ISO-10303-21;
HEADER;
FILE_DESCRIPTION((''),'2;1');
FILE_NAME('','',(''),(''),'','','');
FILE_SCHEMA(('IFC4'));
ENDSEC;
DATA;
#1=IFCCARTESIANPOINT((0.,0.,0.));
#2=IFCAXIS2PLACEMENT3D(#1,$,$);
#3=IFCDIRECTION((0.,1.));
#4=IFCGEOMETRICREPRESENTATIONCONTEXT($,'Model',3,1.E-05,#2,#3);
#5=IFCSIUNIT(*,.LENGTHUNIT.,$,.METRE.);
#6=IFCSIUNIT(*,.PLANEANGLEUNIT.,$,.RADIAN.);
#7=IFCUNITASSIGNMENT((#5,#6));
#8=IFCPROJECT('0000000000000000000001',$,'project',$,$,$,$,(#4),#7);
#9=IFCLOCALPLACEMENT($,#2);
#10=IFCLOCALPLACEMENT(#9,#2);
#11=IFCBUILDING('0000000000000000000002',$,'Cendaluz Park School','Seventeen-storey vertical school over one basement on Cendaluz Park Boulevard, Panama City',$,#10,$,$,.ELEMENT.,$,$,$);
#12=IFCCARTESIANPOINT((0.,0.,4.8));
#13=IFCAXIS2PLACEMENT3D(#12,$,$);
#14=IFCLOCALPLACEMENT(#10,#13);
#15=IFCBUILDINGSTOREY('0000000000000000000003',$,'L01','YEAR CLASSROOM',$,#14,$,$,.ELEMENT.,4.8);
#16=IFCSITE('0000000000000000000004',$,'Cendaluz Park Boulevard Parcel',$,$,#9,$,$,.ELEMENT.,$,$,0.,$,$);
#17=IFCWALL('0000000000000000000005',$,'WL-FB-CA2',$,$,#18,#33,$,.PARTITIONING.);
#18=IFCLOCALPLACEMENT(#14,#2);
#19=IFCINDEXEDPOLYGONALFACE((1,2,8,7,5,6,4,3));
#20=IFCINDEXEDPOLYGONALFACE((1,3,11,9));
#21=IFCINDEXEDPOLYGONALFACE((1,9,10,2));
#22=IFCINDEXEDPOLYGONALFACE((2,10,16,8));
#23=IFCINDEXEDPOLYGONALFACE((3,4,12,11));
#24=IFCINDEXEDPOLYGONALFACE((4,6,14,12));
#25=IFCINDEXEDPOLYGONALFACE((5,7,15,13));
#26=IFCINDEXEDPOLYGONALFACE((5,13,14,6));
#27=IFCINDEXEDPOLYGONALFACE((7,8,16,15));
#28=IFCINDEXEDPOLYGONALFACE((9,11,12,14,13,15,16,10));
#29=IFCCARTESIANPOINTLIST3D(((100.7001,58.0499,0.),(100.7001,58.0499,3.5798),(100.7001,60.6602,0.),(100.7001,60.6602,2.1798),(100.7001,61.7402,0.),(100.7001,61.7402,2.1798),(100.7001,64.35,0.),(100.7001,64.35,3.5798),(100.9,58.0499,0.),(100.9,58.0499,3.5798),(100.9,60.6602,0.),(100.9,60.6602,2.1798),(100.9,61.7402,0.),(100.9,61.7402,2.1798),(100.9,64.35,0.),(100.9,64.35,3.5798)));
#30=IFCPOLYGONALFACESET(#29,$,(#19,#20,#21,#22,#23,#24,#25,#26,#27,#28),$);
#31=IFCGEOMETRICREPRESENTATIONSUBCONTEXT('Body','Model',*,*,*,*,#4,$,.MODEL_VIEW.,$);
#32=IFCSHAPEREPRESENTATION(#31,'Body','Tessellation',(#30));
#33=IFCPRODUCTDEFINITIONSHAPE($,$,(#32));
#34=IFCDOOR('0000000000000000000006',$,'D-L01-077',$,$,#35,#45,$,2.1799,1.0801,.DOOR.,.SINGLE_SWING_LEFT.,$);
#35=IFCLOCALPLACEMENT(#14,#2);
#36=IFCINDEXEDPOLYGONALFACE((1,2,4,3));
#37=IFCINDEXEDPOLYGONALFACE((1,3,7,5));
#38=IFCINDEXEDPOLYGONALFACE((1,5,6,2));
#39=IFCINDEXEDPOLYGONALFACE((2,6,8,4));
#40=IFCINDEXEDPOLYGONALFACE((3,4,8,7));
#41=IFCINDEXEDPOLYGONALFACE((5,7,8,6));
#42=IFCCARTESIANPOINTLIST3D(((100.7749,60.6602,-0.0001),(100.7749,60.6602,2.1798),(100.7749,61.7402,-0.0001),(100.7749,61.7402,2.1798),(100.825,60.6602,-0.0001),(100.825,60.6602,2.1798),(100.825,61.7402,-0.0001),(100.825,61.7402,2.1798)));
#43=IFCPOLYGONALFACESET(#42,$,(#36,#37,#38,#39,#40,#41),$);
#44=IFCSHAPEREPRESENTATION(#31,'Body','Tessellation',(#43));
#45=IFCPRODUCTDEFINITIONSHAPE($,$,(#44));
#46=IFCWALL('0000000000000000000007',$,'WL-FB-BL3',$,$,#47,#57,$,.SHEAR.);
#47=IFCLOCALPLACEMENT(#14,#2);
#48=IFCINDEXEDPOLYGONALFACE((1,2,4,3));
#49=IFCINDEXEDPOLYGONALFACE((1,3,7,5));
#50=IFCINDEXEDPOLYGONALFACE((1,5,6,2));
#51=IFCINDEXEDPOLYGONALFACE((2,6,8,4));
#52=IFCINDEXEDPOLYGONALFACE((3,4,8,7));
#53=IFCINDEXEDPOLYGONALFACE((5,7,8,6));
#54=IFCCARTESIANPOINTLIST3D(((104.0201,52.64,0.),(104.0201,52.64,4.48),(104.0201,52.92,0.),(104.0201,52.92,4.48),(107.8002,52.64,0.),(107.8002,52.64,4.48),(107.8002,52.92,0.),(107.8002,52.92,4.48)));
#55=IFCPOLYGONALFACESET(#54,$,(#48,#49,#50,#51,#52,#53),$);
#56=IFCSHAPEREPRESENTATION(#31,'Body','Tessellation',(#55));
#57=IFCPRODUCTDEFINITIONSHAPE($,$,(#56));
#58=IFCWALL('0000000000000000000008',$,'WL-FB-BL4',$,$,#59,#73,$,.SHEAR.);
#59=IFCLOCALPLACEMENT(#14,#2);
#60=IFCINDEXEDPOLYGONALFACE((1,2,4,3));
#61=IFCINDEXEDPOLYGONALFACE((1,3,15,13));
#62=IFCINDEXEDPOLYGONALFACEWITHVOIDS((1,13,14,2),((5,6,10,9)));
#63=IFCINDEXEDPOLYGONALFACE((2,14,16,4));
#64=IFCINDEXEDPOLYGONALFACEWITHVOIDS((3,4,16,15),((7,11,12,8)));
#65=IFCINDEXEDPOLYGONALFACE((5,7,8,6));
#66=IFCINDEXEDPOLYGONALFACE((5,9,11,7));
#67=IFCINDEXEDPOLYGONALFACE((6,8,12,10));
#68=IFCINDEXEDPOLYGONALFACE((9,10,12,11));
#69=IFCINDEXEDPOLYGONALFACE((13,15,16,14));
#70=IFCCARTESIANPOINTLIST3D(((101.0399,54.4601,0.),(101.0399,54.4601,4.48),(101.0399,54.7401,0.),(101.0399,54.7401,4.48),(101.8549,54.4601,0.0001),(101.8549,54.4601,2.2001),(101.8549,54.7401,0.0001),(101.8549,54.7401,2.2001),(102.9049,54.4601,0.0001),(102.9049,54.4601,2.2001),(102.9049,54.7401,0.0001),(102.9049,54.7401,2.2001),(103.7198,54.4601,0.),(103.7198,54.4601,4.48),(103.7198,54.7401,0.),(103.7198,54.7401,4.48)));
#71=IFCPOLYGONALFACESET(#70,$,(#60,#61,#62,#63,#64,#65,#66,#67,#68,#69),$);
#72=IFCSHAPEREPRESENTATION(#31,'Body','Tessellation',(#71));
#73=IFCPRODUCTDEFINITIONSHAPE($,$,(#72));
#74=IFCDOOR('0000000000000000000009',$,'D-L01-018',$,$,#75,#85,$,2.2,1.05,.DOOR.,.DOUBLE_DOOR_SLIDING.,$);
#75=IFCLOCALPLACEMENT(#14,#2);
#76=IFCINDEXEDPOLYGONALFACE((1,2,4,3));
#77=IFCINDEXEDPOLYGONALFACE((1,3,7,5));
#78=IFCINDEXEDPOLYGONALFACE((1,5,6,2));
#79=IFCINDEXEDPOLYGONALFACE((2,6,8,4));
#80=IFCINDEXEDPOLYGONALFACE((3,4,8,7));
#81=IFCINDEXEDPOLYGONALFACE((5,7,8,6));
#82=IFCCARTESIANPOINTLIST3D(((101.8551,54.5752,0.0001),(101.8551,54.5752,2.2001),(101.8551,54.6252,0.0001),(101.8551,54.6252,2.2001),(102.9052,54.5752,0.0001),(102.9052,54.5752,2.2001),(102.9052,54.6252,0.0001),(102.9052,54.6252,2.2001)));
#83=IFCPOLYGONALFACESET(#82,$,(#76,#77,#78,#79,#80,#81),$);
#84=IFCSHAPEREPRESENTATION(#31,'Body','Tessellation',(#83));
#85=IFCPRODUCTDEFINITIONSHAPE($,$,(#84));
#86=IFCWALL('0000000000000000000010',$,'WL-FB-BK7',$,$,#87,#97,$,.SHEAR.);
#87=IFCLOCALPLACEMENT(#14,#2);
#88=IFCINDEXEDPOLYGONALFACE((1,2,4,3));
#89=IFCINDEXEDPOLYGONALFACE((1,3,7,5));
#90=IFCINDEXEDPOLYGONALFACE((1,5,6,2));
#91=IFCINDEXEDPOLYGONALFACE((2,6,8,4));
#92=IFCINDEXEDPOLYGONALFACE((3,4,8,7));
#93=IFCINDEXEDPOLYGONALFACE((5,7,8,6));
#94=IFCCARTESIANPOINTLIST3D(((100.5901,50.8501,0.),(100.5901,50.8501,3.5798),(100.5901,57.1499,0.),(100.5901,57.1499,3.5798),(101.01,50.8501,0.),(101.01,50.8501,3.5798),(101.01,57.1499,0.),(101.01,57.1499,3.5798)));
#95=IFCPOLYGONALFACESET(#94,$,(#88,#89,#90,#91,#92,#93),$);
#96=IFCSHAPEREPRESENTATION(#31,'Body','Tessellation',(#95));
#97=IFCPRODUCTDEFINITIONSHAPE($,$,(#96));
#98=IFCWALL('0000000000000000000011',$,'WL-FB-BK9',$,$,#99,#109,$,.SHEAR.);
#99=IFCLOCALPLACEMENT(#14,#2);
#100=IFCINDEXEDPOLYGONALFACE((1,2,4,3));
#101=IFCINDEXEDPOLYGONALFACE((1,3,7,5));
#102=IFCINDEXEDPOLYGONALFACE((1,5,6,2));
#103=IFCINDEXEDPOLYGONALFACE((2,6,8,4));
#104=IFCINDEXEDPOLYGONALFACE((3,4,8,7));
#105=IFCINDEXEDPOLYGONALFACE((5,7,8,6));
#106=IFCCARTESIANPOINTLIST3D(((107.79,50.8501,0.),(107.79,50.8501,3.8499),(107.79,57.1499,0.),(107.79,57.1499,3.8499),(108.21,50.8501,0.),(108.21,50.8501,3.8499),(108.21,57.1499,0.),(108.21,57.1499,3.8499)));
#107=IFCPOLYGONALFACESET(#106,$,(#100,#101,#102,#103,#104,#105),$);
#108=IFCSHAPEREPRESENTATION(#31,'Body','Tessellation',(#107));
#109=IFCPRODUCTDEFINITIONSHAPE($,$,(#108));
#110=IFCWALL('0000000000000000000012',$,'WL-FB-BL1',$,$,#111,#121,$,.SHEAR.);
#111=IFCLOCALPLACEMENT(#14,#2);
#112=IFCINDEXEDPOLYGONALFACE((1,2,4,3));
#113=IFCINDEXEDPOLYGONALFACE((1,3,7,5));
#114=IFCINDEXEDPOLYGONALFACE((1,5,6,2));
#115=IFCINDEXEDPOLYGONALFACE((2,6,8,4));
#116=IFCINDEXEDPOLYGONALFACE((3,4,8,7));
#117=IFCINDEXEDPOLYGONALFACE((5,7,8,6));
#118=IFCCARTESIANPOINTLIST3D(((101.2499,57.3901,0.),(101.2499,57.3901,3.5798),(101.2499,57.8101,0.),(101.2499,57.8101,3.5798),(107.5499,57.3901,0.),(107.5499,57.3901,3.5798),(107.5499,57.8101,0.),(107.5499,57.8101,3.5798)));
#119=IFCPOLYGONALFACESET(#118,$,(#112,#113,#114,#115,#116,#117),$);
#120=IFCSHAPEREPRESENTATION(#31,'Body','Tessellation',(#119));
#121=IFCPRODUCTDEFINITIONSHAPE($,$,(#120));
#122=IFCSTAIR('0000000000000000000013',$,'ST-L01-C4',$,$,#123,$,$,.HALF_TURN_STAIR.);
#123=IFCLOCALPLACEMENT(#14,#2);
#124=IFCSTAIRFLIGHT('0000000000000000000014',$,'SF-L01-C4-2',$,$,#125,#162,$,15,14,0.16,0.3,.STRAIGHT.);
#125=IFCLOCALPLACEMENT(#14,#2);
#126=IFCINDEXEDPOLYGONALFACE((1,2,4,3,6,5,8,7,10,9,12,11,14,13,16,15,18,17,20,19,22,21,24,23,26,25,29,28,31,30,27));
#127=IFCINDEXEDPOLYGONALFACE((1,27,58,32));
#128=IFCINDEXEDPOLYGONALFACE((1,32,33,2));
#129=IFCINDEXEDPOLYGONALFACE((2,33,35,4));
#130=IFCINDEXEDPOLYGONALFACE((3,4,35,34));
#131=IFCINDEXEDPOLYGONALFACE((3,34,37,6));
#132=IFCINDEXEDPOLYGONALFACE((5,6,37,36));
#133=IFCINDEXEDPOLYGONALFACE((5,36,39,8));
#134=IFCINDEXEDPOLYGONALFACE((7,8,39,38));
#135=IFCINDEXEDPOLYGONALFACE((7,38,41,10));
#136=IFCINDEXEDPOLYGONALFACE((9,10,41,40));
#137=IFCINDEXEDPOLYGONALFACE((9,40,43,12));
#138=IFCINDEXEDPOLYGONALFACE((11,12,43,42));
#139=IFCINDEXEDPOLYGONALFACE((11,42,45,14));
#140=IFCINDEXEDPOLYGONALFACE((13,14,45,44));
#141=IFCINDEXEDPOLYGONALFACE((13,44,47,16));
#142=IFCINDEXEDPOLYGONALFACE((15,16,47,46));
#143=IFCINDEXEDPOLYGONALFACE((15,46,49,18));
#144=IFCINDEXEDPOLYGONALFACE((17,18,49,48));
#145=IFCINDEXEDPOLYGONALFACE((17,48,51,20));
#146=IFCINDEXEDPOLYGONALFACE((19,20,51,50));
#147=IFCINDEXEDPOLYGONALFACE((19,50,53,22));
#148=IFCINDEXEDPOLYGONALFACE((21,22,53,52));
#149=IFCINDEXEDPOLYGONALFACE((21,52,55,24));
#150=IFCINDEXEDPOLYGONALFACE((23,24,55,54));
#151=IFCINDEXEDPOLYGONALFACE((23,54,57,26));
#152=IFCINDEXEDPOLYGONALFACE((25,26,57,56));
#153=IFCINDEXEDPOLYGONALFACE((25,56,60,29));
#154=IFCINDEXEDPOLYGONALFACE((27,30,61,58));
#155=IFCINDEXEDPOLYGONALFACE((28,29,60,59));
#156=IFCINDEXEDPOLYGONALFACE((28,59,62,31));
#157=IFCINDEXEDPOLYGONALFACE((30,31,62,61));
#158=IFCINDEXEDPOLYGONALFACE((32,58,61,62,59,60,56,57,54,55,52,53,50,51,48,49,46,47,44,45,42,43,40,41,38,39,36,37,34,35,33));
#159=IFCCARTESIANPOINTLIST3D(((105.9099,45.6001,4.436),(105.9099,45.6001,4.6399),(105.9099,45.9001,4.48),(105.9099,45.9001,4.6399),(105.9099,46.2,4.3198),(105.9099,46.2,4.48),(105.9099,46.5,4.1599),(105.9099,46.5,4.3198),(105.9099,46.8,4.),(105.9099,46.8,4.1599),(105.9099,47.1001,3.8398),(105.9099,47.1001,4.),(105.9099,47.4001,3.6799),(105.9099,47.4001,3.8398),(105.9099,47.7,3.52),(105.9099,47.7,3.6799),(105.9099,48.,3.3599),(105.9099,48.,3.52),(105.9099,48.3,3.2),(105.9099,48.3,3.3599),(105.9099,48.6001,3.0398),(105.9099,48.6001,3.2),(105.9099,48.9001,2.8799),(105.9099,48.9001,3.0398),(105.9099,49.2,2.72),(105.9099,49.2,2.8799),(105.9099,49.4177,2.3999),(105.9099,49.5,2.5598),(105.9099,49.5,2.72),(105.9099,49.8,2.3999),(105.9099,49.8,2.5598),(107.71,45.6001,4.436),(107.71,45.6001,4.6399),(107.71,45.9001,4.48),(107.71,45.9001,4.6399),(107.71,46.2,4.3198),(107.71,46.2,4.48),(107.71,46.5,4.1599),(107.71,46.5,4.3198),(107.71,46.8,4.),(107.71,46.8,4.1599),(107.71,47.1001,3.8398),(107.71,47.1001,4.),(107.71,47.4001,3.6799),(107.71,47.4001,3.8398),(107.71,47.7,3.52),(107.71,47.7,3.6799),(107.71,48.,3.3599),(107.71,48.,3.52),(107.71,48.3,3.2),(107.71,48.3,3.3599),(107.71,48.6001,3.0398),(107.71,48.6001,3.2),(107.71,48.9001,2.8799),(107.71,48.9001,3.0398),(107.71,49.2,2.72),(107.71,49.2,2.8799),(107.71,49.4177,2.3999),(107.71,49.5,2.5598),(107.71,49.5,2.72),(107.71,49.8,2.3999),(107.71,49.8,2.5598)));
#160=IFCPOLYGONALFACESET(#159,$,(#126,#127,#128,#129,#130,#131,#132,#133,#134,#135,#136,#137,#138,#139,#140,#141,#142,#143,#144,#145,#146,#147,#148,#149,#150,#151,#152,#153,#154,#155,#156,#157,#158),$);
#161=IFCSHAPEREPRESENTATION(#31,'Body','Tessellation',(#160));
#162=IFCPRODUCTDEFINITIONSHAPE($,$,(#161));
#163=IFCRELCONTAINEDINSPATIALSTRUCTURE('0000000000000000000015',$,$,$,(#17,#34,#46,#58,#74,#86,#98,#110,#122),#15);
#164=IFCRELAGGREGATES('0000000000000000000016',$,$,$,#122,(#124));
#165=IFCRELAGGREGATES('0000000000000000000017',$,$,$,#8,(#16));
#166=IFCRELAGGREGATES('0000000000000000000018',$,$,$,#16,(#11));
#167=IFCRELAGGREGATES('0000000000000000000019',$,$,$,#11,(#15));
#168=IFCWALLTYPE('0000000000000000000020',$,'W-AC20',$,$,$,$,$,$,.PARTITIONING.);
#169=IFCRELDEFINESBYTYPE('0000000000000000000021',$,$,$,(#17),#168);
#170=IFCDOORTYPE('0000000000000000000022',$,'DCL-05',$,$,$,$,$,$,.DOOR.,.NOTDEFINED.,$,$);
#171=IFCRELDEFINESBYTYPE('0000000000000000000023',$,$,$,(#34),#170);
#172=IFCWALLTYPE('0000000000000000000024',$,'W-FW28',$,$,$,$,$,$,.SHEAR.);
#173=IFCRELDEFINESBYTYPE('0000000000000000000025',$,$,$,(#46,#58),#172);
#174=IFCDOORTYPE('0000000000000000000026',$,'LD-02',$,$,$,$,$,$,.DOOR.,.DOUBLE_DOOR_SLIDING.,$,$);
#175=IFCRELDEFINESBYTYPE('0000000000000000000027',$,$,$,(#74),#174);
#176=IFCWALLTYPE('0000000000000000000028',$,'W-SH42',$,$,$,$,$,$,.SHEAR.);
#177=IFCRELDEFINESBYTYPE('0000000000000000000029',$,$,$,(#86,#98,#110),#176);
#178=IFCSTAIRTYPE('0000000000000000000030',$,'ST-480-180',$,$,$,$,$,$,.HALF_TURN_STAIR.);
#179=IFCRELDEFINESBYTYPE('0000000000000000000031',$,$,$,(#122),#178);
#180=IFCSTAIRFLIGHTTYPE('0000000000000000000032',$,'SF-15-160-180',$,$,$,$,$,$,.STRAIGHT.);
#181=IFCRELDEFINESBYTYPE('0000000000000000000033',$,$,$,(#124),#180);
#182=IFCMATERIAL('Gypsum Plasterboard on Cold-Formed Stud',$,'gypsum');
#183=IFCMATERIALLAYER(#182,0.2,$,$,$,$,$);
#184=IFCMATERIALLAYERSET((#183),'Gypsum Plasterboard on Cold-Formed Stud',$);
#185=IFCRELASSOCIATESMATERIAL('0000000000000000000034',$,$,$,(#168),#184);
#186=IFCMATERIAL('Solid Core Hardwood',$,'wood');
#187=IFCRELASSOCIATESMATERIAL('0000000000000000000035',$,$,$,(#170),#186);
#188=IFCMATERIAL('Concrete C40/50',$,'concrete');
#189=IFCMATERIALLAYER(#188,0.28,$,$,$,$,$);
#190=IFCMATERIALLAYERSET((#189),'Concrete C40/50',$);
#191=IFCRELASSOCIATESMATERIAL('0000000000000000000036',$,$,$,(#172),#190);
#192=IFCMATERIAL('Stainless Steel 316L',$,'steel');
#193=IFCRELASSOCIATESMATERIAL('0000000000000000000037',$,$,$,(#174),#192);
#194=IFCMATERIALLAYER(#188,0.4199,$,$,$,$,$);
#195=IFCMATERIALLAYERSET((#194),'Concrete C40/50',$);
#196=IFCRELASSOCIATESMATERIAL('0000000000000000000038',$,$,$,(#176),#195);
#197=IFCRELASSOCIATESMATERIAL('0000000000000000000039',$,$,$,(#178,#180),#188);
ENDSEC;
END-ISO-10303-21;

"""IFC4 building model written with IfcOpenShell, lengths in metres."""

from ifc_helpers import new_model, si_unit, direction, frame, frame_2d, origin, place, context, subcontext, project, spatial, polyline, rectangle, outline, extrude, material, layer, layer_set, type_object, element, fill, aggregate, save


model = new_model("IFC4")

# Units and contexts
model_context = context("Model", 3, precision=1e-05, world=origin(), true_north=direction((0.0, 1.0)))
body_context = subcontext(model_context, "Body", "Model", "MODEL_VIEW")
ifc_project = project(units=[si_unit("LENGTHUNIT", "METRE"), si_unit("PLANEANGLEUNIT", "RADIAN")], contexts=[model_context])

# Site, building, storey
site_placement = place(None, origin())
site = spatial("IfcSite", under=ifc_project, at=site_placement, Name="Cendaluz Park Boulevard Parcel", CompositionType="ELEMENT", RefElevation=0.0)
building_placement = place(site_placement, origin())
building = spatial("IfcBuilding", under=site, at=building_placement, Name="Cendaluz Park School", Description="Seventeen-storey vertical school over one basement on Cendaluz Park Boulevard, Panama City", CompositionType="ELEMENT")
storey_placement = place(building_placement, frame((0.0, 0.0, 4.8)))
storey = spatial("IfcBuildingStorey", under=building, at=storey_placement, Name="L01", Description="YEAR CLASSROOM", CompositionType="ELEMENT", Elevation=4.8)

# Shared definitions
ifc_material_1 = material(Name="Concrete C40/50", Category="concrete")

# Wall, opening, door
ifc_material_2 = material(Name="Gypsum Plasterboard on Cold-Formed Stud", Category="gypsum")
ifc_layer_1 = layer(ifc_material_2, 0.2)
ifc_layer_set_1 = layer_set([ifc_layer_1], Name="Gypsum Plasterboard on Cold-Formed Stud")
wall_type_1 = type_object("IfcWallType", Name="W-AC20", PredefinedType="PARTITIONING", material=ifc_layer_set_1)
wall_1_placement = place(storey_placement, frame((100.8, 58.05, 0.0), z_axis=(0.0, 0.0, 1.0), x_axis=(0.0, 1.0, 0.0)))
wall_1 = element("IfcWall", 1, at=wall_1_placement, inside=storey, type_object=wall_type_1, Name="WL-FB-CA2", PredefinedType="PARTITIONING", context=body_context, shape_type="SweptSolid", body=[
    extrude(rectangle(XDim=6.3, YDim=0.2, at=frame_2d((3.1499, 0.0))), origin(), (0.0, 0.0, 1.0), 3.5798),
])
opening_1_placement = place(wall_1_placement, frame((2.6101, 0.0, 0.0)))
opening_1 = element("IfcOpeningElement", 2, at=opening_1_placement, cuts=wall_1, PredefinedType="OPENING", context=body_context, shape_type="SweptSolid", body=[
    extrude(rectangle(XDim=1.0801, YDim=2.1799, at=frame_2d((0.54, 1.0898))), frame((0.0, 0.1121, 0.0), z_axis=(0.0, -1.0, 0.0), x_axis=(1.0, 0.0, 0.0)), (0.0, 0.0, 1.0), 0.2239),
])
ifc_material_3 = material(Name="Solid Core Hardwood", Category="wood")
door_type_1 = type_object("IfcDoorType", Name="DCL-05", OperationType="NOTDEFINED", PredefinedType="DOOR", material=ifc_material_3)
door_1_placement = place(opening_1_placement, frame((1.0801, 0.0, 0.0), z_axis=(0.0, 0.0, 1.0), x_axis=(-1.0, 0.0, 0.0)))
door_1 = element("IfcDoor", 3, at=door_1_placement, inside=storey, type_object=door_type_1, Name="D-L01-077", OperationType="SINGLE_SWING_LEFT", OverallHeight=2.1799, OverallWidth=1.0801, PredefinedType="DOOR", context=body_context, shape_type="SweptSolid", body=[
    extrude(rectangle(XDim=1.0801, YDim=2.1799, at=frame_2d((0.54, 1.0898))), frame((0.0, 0.0249, 0.0), z_axis=(0.0, -1.0, 0.0), x_axis=(1.0, 0.0, 0.0)), (0.0, 0.0, 1.0), 0.05),
])
fill(opening_1, door_1)

# Wall
ifc_layer_2 = layer(ifc_material_1, 0.28)
ifc_layer_set_2 = layer_set([ifc_layer_2], Name="Concrete C40/50")
wall_type_2 = type_object("IfcWallType", Name="W-FW28", PredefinedType="SHEAR", material=ifc_layer_set_2)
wall_2_placement = place(storey_placement, frame((104.02, 52.78, 0.0), z_axis=(0.0, 0.0, 1.0), x_axis=(1.0, 0.0, 0.0)))
element("IfcWall", 4, at=wall_2_placement, inside=storey, type_object=wall_type_2, Name="WL-FB-BL3", PredefinedType="SHEAR", context=body_context, shape_type="SweptSolid", body=[
    extrude(rectangle(XDim=3.78, YDim=0.28, at=frame_2d((1.8901, 0.0))), origin(), (0.0, 0.0, 1.0), 4.48),
])

# Wall, opening, door
wall_3_placement = place(storey_placement, frame((101.04, 54.6001, 0.0), z_axis=(0.0, 0.0, 1.0), x_axis=(1.0, 0.0, 0.0)))
wall_3 = element("IfcWall", 5, at=wall_3_placement, inside=storey, type_object=wall_type_2, Name="WL-FB-BL4", PredefinedType="SHEAR", context=body_context, shape_type="SweptSolid", body=[
    extrude(rectangle(XDim=2.6799, YDim=0.28, at=frame_2d((1.3398, 0.0))), origin(), (0.0, 0.0, 1.0), 4.48),
])
opening_2_placement = place(wall_3_placement, frame((0.8149, 0.0, 0.0)))
opening_2 = element("IfcOpeningElement", 6, at=opening_2_placement, cuts=wall_3, PredefinedType="OPENING", context=body_context, shape_type="SweptSolid", body=[
    extrude(rectangle(XDim=1.05, YDim=2.2, at=frame_2d((0.5249, 1.1001))), frame((0.0, 0.1521, 0.0), z_axis=(0.0, -1.0, 0.0), x_axis=(1.0, 0.0, 0.0)), (0.0, 0.0, 1.0), 0.304),
])
ifc_material_4 = material(Name="Stainless Steel 316L", Category="steel")
door_type_2 = type_object("IfcDoorType", Name="LD-02", OperationType="DOUBLE_DOOR_SLIDING", PredefinedType="DOOR", material=ifc_material_4)
door_2_placement = place(opening_2_placement, frame((1.05, 0.0, 0.0), z_axis=(0.0, 0.0, 1.0), x_axis=(-1.0, 0.0, 0.0)))
door_2 = element("IfcDoor", 7, at=door_2_placement, inside=storey, type_object=door_type_2, Name="D-L01-018", OperationType="DOUBLE_DOOR_SLIDING", OverallHeight=2.2, OverallWidth=1.05, PredefinedType="DOOR", context=body_context, shape_type="SweptSolid", body=[
    extrude(rectangle(XDim=1.05, YDim=2.2, at=frame_2d((0.5249, 1.1001))), frame((0.0, 0.0249, 0.0), z_axis=(0.0, -1.0, 0.0), x_axis=(1.0, 0.0, 0.0)), (0.0, 0.0, 1.0), 0.05),
])
fill(opening_2, door_2)

# Walls
ifc_layer_3 = layer(ifc_material_1, 0.4199)
ifc_layer_set_3 = layer_set([ifc_layer_3], Name="Concrete C40/50")
wall_type_3 = type_object("IfcWallType", Name="W-SH42", PredefinedType="SHEAR", material=ifc_layer_set_3)
wall_4_placement = place(storey_placement, frame((100.8, 50.8501, 0.0), z_axis=(0.0, 0.0, 1.0), x_axis=(0.0, 1.0, 0.0)))
element("IfcWall", 8, at=wall_4_placement, inside=storey, type_object=wall_type_3, Name="WL-FB-BK7", PredefinedType="SHEAR", context=body_context, shape_type="SweptSolid", body=[
    extrude(rectangle(XDim=6.2998, YDim=0.4199, at=frame_2d((3.1499, 0.0))), origin(), (0.0, 0.0, 1.0), 3.5798),
])
wall_5_placement = place(storey_placement, frame((108.0, 50.8501, 0.0), z_axis=(0.0, 0.0, 1.0), x_axis=(0.0, 1.0, 0.0)))
element("IfcWall", 9, at=wall_5_placement, inside=storey, type_object=wall_type_3, Name="WL-FB-BK9", PredefinedType="SHEAR", context=body_context, shape_type="SweptSolid", body=[
    extrude(rectangle(XDim=6.2998, YDim=0.4199, at=frame_2d((3.1499, 0.0))), origin(), (0.0, 0.0, 1.0), 3.8499),
])
wall_6_placement = place(storey_placement, frame((101.25, 57.6001, 0.0), z_axis=(0.0, 0.0, 1.0), x_axis=(1.0, 0.0, 0.0)))
element("IfcWall", 10, at=wall_6_placement, inside=storey, type_object=wall_type_3, Name="WL-FB-BL1", PredefinedType="SHEAR", context=body_context, shape_type="SweptSolid", body=[
    extrude(rectangle(XDim=6.3, YDim=0.4199, at=frame_2d((3.1499, 0.0))), origin(), (0.0, 0.0, 1.0), 3.5798),
])

# Stair, stair flight
stair_type = type_object("IfcStairType", Name="ST-480-180", PredefinedType="HALF_TURN_STAIR", material=ifc_material_1)
stair_placement = place(storey_placement, origin())
stair = element("IfcStair", 11, at=stair_placement, inside=storey, type_object=stair_type, Name="ST-L01-C4", PredefinedType="HALF_TURN_STAIR")
stair_flight_type = type_object("IfcStairFlightType", Name="SF-15-160-180", PredefinedType="STRAIGHT", material=ifc_material_1)
stair_flight_placement = place(storey_placement, frame((106.8101, 49.8, 2.3999), z_axis=(0.0, 0.0, 1.0), x_axis=(0.0, -1.0, 0.0)))
stair_flight = element("IfcStairFlight", 12, at=stair_flight_placement, type_object=stair_flight_type, Name="SF-L01-C4-2", NumberOfRisers=15, NumberOfTreads=14, PredefinedType="STRAIGHT", RiserHeight=0.16, TreadLength=0.3, context=body_context, shape_type="SweptSolid", body=[
    extrude(outline(polyline([(0.0, 0.0), (0.0, 0.1599), (0.3, 0.1599), (0.3, 0.3201), (0.6001, 0.3201), (0.6001, 0.48), (0.8999, 0.48), (0.8999, 0.6399), (1.2, 0.6399), (1.2, 0.8), (1.5, 0.8), (1.5, 0.96), (1.8, 0.96), (1.8, 1.1201), (2.1001, 1.1201), (2.1001, 1.28), (2.3999, 1.28), (2.3999, 1.4399), (2.7, 1.4399), (2.7, 1.6001), (3.0, 1.6001), (3.0, 1.76), (3.3, 1.76), (3.3, 1.9199), (3.6001, 1.9199), (3.6001, 2.0801), (3.8999, 2.0801), (3.8999, 2.24), (4.2, 2.24), (4.2, 2.3999), (4.2, 2.0361), (0.3823, 0.0), (0.0, 0.0)])), frame((0.0, 0.8999, 0.0), z_axis=(0.0, -1.0, 0.0), x_axis=(1.0, 0.0, 0.0)), (0.0, 0.0, 1.0), 1.8),
])
aggregate(stair, [stair_flight])

save(model, "model.ifc")
